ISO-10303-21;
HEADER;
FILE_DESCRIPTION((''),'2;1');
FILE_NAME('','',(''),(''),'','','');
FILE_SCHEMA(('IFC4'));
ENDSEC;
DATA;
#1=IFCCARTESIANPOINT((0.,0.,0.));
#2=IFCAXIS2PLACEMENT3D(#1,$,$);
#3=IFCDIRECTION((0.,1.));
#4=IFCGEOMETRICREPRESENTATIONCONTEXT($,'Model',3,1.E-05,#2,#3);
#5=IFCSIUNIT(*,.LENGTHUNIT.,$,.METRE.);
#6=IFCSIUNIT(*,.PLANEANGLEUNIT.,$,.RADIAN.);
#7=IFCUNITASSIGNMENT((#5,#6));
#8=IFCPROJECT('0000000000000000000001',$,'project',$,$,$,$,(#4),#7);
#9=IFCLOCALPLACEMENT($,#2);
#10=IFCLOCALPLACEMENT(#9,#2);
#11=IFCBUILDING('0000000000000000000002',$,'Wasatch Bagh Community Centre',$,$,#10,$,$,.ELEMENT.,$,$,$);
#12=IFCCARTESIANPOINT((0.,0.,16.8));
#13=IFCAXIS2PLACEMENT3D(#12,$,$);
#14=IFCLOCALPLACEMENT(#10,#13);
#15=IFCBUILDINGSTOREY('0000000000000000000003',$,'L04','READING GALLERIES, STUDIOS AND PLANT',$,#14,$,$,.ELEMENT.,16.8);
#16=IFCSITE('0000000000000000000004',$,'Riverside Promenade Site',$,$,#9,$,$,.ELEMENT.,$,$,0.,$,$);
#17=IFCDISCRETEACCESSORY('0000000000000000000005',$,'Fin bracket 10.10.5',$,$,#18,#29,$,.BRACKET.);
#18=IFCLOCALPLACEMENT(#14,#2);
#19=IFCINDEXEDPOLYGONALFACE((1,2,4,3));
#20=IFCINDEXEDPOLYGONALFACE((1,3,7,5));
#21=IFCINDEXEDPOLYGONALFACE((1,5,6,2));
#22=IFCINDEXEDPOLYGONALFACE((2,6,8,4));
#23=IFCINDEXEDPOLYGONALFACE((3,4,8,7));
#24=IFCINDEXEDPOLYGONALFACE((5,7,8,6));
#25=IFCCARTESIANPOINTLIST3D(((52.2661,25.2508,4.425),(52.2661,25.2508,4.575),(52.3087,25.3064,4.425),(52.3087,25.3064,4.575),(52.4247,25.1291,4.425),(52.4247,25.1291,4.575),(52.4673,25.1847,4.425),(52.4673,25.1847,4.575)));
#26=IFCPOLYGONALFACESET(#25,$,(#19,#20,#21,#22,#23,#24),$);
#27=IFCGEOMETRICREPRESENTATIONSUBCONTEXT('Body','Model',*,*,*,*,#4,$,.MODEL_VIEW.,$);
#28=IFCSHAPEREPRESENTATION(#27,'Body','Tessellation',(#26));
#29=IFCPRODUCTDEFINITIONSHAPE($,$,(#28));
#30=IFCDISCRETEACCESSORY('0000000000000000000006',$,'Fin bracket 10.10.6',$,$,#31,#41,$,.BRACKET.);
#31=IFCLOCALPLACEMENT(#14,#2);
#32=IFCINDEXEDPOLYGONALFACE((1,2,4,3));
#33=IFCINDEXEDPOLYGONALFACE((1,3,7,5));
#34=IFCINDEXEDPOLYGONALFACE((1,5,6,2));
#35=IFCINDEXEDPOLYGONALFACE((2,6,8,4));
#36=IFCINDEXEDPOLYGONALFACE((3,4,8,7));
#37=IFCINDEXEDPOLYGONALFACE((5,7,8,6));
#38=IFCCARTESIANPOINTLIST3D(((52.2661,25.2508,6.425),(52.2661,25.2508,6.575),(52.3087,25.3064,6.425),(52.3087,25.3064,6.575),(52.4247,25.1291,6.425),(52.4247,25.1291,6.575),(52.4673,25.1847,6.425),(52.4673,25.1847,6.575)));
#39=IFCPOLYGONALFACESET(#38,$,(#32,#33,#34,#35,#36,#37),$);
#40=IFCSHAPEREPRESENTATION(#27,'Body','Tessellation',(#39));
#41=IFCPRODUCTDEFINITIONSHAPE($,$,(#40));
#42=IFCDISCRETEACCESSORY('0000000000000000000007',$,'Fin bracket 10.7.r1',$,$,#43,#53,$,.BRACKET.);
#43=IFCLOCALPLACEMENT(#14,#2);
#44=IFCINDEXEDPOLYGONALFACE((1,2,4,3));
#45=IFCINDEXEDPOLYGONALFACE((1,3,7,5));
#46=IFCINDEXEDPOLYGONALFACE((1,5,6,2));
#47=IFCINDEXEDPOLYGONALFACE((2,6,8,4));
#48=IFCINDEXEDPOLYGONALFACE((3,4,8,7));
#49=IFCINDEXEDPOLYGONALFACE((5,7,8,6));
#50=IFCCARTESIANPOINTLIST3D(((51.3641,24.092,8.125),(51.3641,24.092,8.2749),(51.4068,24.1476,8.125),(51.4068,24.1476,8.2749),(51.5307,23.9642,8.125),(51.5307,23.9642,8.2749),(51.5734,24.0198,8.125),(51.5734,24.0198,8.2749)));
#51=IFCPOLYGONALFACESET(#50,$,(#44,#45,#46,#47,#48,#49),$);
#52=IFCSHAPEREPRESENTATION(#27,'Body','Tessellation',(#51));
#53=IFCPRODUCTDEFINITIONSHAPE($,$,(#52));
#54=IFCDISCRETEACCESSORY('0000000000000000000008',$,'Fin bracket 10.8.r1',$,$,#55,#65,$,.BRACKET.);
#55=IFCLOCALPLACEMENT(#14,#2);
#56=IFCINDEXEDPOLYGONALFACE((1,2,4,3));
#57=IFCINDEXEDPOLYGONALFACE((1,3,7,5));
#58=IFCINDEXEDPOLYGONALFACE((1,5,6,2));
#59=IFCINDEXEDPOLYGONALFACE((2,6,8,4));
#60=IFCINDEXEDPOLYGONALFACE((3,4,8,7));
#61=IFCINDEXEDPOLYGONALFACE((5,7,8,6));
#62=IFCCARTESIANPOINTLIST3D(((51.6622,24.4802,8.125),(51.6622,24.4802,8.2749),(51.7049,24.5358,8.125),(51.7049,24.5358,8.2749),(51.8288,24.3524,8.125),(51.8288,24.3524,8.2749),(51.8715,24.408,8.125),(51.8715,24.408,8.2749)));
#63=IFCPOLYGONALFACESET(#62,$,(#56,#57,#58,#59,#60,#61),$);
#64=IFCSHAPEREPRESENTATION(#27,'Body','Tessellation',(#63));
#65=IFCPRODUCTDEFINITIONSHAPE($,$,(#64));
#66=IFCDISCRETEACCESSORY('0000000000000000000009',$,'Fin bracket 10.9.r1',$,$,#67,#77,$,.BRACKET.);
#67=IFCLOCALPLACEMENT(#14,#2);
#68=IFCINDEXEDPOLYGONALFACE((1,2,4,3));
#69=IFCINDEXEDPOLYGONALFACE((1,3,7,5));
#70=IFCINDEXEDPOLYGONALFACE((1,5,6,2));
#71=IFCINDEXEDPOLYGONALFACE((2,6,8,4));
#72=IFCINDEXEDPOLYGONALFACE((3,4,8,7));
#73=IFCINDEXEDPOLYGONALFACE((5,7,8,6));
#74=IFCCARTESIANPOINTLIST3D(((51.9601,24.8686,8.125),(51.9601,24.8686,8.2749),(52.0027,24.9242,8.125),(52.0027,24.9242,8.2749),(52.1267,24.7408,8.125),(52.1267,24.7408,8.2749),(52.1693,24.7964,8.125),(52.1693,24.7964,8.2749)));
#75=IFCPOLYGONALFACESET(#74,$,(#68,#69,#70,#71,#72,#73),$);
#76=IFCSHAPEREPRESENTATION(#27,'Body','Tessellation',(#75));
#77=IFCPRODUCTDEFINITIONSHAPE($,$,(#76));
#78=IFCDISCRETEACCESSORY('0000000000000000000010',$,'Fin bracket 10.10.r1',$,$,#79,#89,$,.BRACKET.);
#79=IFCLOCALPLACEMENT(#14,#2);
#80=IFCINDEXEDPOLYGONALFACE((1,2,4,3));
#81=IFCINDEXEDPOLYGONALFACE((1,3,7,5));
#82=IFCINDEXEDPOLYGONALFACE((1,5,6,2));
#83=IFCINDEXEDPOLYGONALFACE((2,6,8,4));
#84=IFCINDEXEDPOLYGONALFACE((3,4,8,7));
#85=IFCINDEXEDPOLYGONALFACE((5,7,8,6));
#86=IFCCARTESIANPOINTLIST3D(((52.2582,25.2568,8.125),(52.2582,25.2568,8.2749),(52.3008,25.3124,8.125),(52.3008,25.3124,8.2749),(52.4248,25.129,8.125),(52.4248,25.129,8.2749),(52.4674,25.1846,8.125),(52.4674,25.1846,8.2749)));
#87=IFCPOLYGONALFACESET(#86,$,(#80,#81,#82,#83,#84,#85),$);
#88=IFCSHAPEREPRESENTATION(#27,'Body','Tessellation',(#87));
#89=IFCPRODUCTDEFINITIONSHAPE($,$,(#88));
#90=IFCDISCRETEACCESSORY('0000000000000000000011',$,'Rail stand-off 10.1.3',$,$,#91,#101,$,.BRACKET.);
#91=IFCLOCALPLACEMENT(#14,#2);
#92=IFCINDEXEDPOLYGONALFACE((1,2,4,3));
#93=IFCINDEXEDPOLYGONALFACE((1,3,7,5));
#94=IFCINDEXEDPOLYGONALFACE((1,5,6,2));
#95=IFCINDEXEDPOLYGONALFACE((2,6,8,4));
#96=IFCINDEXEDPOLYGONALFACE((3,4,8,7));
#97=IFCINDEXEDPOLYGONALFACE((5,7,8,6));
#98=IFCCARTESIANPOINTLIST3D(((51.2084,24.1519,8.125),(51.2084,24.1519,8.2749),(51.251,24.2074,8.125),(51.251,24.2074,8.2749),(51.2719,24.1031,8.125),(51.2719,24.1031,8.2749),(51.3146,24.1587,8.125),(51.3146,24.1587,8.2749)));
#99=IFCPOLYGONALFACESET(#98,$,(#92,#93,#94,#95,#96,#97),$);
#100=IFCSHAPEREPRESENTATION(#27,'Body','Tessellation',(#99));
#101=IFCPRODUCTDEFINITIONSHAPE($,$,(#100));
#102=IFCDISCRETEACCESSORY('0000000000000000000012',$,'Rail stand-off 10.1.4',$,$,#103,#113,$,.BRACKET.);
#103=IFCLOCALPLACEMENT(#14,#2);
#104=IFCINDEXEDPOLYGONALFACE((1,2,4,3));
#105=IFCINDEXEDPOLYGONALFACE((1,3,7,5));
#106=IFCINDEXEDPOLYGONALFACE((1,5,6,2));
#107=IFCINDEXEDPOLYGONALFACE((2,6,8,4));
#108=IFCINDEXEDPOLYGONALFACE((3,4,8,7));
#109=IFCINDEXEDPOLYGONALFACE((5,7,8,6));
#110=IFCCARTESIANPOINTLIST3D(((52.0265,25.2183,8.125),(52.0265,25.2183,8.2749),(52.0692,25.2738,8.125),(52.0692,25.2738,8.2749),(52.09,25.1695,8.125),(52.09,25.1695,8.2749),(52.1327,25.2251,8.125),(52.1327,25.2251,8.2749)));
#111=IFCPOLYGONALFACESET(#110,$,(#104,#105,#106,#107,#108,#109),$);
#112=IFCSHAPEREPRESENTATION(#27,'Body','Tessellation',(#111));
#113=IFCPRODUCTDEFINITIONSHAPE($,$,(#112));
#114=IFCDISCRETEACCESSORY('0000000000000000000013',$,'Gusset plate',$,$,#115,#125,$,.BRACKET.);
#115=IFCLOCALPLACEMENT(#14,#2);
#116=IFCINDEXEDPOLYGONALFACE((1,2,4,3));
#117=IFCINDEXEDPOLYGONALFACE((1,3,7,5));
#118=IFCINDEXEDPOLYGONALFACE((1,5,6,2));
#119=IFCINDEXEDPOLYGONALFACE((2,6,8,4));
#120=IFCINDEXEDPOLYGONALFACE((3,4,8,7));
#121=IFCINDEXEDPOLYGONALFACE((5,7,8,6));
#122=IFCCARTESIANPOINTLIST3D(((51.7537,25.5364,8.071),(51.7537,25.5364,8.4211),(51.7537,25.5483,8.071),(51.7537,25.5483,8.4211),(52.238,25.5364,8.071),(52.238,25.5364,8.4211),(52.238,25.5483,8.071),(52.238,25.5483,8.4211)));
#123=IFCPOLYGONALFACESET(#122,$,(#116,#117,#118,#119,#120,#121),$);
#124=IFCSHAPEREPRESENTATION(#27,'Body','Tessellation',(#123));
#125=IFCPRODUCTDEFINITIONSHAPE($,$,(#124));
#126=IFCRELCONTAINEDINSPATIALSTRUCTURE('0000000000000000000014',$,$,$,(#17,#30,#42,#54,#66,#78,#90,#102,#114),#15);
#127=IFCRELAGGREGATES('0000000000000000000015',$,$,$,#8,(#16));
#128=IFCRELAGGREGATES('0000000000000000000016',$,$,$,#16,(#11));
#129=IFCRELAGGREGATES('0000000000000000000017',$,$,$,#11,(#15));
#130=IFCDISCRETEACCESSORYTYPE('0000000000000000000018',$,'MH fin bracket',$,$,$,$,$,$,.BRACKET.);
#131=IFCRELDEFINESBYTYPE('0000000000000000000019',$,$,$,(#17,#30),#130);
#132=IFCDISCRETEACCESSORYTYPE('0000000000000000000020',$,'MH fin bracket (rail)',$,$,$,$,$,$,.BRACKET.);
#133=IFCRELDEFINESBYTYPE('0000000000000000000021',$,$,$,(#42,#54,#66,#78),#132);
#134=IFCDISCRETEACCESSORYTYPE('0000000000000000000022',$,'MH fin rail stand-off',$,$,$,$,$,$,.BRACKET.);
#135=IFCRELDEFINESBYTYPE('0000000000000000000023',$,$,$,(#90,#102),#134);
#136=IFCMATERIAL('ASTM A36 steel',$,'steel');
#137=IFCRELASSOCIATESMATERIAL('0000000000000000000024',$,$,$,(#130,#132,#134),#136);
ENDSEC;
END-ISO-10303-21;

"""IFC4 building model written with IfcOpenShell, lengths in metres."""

from ifc_helpers import new_model, si_unit, direction, frame, origin, origin_2d, place, context, subcontext, project, spatial, polyline, rectangle, outline, extrude, material, type_object, element, save


model = new_model("IFC4")

# Units and contexts
model_context = context("Model", 3, precision=1e-05, world=origin(), true_north=direction((0.0, 1.0)))
body_context = subcontext(model_context, "Body", "Model", "MODEL_VIEW")
ifc_project = project(units=[si_unit("LENGTHUNIT", "METRE"), si_unit("PLANEANGLEUNIT", "RADIAN")], contexts=[model_context])

# Site, building, storey
site_placement = place(None, origin())
site = spatial("IfcSite", under=ifc_project, at=site_placement, Name="Riverside Promenade Site", CompositionType="ELEMENT", RefElevation=0.0)
building_placement = place(site_placement, origin())
building = spatial("IfcBuilding", under=site, at=building_placement, Name="Wasatch Bagh Community Centre", CompositionType="ELEMENT")
storey_placement = place(building_placement, frame((0.0, 0.0, 16.8)))
storey = spatial("IfcBuildingStorey", under=building, at=storey_placement, Name="L04", Description="READING GALLERIES, STUDIOS AND PLANT", CompositionType="ELEMENT", Elevation=16.8)

# Shared definitions
ifc_material_1 = material(Name="ASTM A36 steel", Category="steel")

# Discrete accessories
discrete_accessory_type_1 = type_object("IfcDiscreteAccessoryType", Name="MH fin bracket", PredefinedType="BRACKET", material=ifc_material_1)
for number, where, z_axis, x_axis, name in (
    (1, (52.3667, 25.2178, 4.425), (0.0, 0.0, 1.0), (0.608761, 0.793353, 0.0), "Fin bracket 10.10.5"),
    (2, (52.3667, 25.2178, 6.425), (0.0, 0.0, 1.0), (0.608761, 0.793353, 0.0), "Fin bracket 10.10.6"),
):
    element("IfcDiscreteAccessory", number, at=place(storey_placement, frame(where, z_axis=z_axis, x_axis=x_axis)), inside=storey, type_object=discrete_accessory_type_1, Name=name, PredefinedType="BRACKET", context=body_context, shape_type="SweptSolid", body=[
        extrude(rectangle(XDim=0.0701, YDim=0.2, at=origin_2d()), origin(), (0.0, 0.0, 1.0), 0.1499),
    ])
discrete_accessory_type_2 = type_object("IfcDiscreteAccessoryType", Name="MH fin bracket (rail)", PredefinedType="BRACKET", material=ifc_material_1)
for number, where, z_axis, x_axis, name in (
    (3, (51.4688, 24.0559, 8.125), (0.0, 0.0, 1.0), (0.608761, 0.793353, 0.0), "Fin bracket 10.7.r1"),
    (4, (51.7668, 24.4441, 8.125), (0.0, 0.0, 1.0), (0.608761, 0.793353, 0.0), "Fin bracket 10.8.r1"),
    (5, (52.0647, 24.8325, 8.125), (0.0, 0.0, 1.0), (0.608761, 0.793353, 0.0), "Fin bracket 10.9.r1"),
    (6, (52.3628, 25.2207, 8.125), (0.0, 0.0, 1.0), (0.608761, 0.793353, 0.0), "Fin bracket 10.10.r1"),
):
    element("IfcDiscreteAccessory", number, at=place(storey_placement, frame(where, z_axis=z_axis, x_axis=x_axis)), inside=storey, type_object=discrete_accessory_type_2, Name=name, PredefinedType="BRACKET", context=body_context, shape_type="SweptSolid", body=[
        extrude(rectangle(XDim=0.0701, YDim=0.21, at=origin_2d()), origin(), (0.0, 0.0, 1.0), 0.1499),
    ])
discrete_accessory_type_3 = type_object("IfcDiscreteAccessoryType", Name="MH fin rail stand-off", PredefinedType="BRACKET", material=ifc_material_1)
for number, where, z_axis, x_axis, name in (
    (7, (51.2615, 24.1553, 8.125), (0.0, 0.0, 1.0), (0.608761, 0.793353, 0.0), "Rail stand-off 10.1.3"),
    (8, (52.0796, 25.2217, 8.125), (0.0, 0.0, 1.0), (0.608761, 0.793353, 0.0), "Rail stand-off 10.1.4"),
):
    element("IfcDiscreteAccessory", number, at=place(storey_placement, frame(where, z_axis=z_axis, x_axis=x_axis)), inside=storey, type_object=discrete_accessory_type_3, Name=name, PredefinedType="BRACKET", context=body_context, shape_type="SweptSolid", body=[
        extrude(rectangle(XDim=0.0701, YDim=0.0801, at=origin_2d()), origin(), (0.0, 0.0, 1.0), 0.1499),
    ])
discrete_accessory_placement = place(storey_placement, frame((51.7537, 25.5364, 8.071), z_axis=(0.0, -1.0, 0.0), x_axis=(1.0, 0.0, 0.0)))
element("IfcDiscreteAccessory", 9, at=discrete_accessory_placement, inside=storey, Name="Gusset plate", PredefinedType="BRACKET", context=body_context, shape_type="SweptSolid", body=[
    extrude(outline(polyline([(0.0, 0.0), (0.4844, 0.0), (0.4844, 0.3501), (0.0, 0.3501), (0.0, 0.0)])), origin(), (0.0, 0.0, -1.0), 0.012),
])

save(model, "model.ifc")
